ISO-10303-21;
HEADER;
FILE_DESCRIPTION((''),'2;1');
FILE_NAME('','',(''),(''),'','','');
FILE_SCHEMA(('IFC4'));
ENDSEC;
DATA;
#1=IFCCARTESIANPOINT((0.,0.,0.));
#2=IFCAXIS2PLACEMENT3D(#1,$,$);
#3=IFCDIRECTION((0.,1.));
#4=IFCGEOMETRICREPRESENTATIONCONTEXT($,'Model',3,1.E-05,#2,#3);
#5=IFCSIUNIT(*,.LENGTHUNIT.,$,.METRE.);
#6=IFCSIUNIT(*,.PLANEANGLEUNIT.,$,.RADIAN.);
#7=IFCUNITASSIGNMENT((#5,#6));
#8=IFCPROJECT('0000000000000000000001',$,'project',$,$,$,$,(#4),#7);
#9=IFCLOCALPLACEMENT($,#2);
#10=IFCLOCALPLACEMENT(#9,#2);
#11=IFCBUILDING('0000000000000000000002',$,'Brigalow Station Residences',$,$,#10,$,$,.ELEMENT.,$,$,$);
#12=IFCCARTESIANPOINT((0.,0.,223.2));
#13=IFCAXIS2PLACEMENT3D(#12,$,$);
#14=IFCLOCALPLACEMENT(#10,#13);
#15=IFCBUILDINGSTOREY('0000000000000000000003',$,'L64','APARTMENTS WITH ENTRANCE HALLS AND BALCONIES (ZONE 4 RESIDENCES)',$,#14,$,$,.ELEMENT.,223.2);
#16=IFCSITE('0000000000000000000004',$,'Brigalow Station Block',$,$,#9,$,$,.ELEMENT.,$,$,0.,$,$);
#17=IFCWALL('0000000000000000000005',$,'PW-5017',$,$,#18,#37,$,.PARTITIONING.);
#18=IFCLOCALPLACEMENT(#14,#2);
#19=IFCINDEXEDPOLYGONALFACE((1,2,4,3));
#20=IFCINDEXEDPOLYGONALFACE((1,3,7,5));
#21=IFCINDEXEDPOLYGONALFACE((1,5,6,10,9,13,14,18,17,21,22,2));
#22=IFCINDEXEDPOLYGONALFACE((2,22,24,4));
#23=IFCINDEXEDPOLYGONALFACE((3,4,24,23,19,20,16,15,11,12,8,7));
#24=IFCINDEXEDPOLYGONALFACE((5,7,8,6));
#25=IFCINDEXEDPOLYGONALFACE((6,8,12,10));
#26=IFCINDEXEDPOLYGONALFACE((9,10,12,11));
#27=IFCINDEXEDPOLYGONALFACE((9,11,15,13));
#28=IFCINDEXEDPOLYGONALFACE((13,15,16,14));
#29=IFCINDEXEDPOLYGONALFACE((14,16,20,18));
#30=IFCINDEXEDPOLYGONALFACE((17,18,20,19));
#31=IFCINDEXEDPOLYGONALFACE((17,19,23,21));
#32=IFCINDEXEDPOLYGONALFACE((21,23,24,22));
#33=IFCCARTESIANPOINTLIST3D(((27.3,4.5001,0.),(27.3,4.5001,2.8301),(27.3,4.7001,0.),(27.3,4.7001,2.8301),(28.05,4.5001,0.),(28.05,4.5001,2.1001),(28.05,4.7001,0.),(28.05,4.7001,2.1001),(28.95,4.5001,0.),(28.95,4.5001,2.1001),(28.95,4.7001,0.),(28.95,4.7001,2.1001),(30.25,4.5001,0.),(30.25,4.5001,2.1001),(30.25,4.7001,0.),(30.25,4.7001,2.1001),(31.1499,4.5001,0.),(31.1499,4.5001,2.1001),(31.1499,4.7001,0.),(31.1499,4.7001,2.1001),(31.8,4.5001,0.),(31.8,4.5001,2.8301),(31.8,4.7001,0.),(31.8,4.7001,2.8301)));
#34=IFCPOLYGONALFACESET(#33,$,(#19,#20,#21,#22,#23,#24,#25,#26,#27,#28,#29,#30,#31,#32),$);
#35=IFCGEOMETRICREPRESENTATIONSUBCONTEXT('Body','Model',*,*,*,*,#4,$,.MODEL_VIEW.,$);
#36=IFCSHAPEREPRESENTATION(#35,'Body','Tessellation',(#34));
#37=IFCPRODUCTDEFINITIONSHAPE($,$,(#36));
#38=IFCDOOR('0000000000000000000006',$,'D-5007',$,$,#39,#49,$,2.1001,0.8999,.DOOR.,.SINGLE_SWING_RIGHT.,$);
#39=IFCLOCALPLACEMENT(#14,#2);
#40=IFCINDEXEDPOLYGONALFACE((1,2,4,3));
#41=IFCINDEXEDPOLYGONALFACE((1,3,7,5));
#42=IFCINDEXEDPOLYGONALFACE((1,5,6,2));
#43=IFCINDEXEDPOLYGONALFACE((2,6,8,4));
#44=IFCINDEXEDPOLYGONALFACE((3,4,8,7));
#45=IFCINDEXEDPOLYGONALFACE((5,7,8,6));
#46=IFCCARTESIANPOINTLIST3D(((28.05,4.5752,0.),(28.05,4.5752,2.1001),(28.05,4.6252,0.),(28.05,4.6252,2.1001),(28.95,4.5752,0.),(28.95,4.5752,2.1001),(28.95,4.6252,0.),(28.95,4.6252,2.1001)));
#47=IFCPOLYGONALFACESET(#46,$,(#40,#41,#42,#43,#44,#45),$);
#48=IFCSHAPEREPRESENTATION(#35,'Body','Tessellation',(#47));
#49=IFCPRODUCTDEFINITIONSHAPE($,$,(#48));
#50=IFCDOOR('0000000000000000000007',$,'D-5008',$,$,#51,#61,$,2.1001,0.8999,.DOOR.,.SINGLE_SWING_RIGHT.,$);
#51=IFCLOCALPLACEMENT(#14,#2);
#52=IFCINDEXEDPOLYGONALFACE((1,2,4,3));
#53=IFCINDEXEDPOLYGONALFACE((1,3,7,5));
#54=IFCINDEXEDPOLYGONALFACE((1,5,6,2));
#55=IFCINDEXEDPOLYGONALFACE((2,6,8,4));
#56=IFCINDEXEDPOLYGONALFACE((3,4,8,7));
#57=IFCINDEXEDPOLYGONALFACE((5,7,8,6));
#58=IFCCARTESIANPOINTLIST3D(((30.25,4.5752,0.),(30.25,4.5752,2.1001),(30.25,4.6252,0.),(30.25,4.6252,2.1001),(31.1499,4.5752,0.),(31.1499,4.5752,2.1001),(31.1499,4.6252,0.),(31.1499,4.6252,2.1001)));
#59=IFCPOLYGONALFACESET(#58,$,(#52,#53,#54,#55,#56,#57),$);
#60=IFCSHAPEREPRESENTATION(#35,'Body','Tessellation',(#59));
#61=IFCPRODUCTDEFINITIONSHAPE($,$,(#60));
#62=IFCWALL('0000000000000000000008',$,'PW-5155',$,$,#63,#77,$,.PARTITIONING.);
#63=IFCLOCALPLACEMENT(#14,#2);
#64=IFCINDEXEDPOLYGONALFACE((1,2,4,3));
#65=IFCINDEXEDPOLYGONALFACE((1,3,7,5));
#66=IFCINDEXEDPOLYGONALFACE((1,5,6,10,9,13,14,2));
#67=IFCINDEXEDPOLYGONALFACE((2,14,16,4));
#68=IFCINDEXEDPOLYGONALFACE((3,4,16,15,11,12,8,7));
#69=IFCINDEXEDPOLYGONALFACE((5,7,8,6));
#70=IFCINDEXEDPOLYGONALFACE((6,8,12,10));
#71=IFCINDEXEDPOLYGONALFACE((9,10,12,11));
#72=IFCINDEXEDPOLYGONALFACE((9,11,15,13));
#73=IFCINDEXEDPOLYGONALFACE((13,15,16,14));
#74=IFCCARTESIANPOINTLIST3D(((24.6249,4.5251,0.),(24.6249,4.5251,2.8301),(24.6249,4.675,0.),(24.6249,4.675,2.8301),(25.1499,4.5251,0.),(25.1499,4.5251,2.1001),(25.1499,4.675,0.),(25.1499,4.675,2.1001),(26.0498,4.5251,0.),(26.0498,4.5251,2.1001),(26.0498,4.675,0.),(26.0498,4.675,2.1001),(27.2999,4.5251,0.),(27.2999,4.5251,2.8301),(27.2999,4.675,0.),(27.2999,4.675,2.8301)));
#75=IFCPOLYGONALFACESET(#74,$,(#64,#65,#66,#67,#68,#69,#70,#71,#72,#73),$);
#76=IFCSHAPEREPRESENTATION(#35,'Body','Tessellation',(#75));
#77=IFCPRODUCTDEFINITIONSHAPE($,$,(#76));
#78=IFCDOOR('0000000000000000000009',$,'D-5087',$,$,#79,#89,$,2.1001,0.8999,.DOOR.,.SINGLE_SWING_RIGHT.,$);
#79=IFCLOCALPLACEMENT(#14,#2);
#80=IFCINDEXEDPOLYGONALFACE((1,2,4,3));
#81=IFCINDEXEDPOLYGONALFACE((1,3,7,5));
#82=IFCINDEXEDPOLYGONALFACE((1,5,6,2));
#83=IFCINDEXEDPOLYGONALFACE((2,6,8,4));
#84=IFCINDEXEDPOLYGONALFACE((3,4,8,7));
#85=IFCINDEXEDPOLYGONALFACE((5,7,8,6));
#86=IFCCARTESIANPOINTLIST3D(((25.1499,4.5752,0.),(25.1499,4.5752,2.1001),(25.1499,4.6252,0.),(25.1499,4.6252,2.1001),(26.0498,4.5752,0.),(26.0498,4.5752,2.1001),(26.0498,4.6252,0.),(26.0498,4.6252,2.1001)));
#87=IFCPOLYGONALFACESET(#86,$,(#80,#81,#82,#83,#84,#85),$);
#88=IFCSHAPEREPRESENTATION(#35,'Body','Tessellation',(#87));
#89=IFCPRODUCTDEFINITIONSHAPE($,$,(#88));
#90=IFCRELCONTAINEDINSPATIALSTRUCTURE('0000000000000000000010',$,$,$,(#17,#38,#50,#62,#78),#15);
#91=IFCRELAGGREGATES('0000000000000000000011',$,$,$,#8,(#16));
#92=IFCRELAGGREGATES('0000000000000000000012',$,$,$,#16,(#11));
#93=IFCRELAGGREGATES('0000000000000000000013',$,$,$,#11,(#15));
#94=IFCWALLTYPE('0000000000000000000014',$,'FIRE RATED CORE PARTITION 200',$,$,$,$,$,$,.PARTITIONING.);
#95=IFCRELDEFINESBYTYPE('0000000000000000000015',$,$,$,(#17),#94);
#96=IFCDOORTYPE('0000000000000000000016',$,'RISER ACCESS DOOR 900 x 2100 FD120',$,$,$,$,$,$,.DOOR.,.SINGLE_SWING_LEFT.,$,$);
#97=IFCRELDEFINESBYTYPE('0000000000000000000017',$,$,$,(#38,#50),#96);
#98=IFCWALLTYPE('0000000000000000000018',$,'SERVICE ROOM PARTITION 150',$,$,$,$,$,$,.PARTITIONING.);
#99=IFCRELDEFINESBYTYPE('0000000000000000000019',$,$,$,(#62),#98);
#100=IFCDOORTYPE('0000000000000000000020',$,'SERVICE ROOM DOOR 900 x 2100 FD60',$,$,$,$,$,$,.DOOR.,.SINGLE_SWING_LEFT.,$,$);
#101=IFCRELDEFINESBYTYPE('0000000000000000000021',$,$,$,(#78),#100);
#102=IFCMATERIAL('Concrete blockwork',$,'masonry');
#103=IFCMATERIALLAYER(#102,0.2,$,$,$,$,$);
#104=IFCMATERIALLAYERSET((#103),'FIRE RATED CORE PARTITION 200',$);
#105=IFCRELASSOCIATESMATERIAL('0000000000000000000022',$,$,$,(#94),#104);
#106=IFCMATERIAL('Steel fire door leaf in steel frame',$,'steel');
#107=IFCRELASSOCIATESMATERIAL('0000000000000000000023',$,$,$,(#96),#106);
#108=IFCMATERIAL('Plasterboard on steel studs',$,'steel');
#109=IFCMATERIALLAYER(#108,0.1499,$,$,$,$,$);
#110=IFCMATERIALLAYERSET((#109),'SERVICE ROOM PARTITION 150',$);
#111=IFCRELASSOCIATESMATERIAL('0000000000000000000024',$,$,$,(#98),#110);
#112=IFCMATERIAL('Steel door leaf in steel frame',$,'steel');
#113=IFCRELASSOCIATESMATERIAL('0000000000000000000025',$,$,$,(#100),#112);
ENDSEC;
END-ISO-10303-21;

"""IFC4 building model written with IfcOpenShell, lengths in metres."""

from ifc_helpers import new_model, si_unit, direction, frame, frame_2d, origin, place, context, subcontext, project, spatial, rectangle, extrude, material, layer, layer_set, type_object, element, fill, save


model = new_model("IFC4")

# Units and contexts
model_context = context("Model", 3, precision=1e-05, world=origin(), true_north=direction((0.0, 1.0)))
body_context = subcontext(model_context, "Body", "Model", "MODEL_VIEW")
ifc_project = project(units=[si_unit("LENGTHUNIT", "METRE"), si_unit("PLANEANGLEUNIT", "RADIAN")], contexts=[model_context])

# Site, building, storey
site_placement = place(None, origin())
site = spatial("IfcSite", under=ifc_project, at=site_placement, Name="Brigalow Station Block", CompositionType="ELEMENT", RefElevation=0.0)
building_placement = place(site_placement, origin())
building = spatial("IfcBuilding", under=site, at=building_placement, Name="Brigalow Station Residences", CompositionType="ELEMENT")
storey_placement = place(building_placement, frame((0.0, 0.0, 223.2)))
storey = spatial("IfcBuildingStorey", under=building, at=storey_placement, Name="L64", Description="APARTMENTS WITH ENTRANCE HALLS AND BALCONIES (ZONE 4 RESIDENCES)", CompositionType="ELEMENT", Elevation=223.2)

# Wall, openings, doors
ifc_material_1 = material(Name="Concrete blockwork", Category="masonry")
ifc_layer_1 = layer(ifc_material_1, 0.2)
ifc_layer_set_1 = layer_set([ifc_layer_1], Name="FIRE RATED CORE PARTITION 200")
wall_type_1 = type_object("IfcWallType", Name="FIRE RATED CORE PARTITION 200", PredefinedType="PARTITIONING", material=ifc_layer_set_1)
wall_1_placement = place(storey_placement, frame((27.3, 4.6001, 0.0), z_axis=(0.0, 0.0, 1.0), x_axis=(1.0, 0.0, 0.0)))
wall_1 = element("IfcWall", 1, at=wall_1_placement, inside=storey, type_object=wall_type_1, Name="PW-5017", PredefinedType="PARTITIONING", context=body_context, shape_type="SweptSolid", body=[
    extrude(rectangle(XDim=4.5, YDim=0.2, at=frame_2d((2.25, 0.0))), origin(), (0.0, 0.0, 1.0), 2.8301),
])
opening_1_placement = place(wall_1_placement, frame((0.75, 0.0, 0.0)))
opening_1 = element("IfcOpeningElement", 2, at=opening_1_placement, cuts=wall_1, PredefinedType="OPENING", context=body_context, shape_type="SweptSolid", body=[
    extrude(rectangle(XDim=0.8999, YDim=2.1001, at=frame_2d((0.45, 1.05))), frame((0.0, 0.1099, 0.0), z_axis=(0.0, -1.0, 0.0), x_axis=(1.0, 0.0, 0.0)), (0.0, 0.0, 1.0), 0.22),
])
opening_2_placement = place(wall_1_placement, frame((2.95, 0.0, 0.0)))
opening_2 = element("IfcOpeningElement", 3, at=opening_2_placement, cuts=wall_1, PredefinedType="OPENING", context=body_context, shape_type="SweptSolid", body=[
    extrude(rectangle(XDim=0.8999, YDim=2.1001, at=frame_2d((0.45, 1.05))), frame((0.0, 0.1099, 0.0), z_axis=(0.0, -1.0, 0.0), x_axis=(1.0, 0.0, 0.0)), (0.0, 0.0, 1.0), 0.22),
])
ifc_material_2 = material(Name="Steel fire door leaf in steel frame", Category="steel")
door_type_1 = type_object("IfcDoorType", Name="RISER ACCESS DOOR 900 x 2100 FD120", OperationType="SINGLE_SWING_LEFT", PredefinedType="DOOR", material=ifc_material_2)
door_1_placement = place(opening_1_placement, frame((0.8999, 0.0, 0.0), z_axis=(0.0, 0.0, 1.0), x_axis=(-1.0, 0.0, 0.0)))
door_1 = element("IfcDoor", 4, at=door_1_placement, inside=storey, type_object=door_type_1, Name="D-5007", OperationType="SINGLE_SWING_RIGHT", OverallHeight=2.1001, OverallWidth=0.8999, PredefinedType="DOOR", context=body_context, shape_type="SweptSolid", body=[
    extrude(rectangle(XDim=0.8999, YDim=2.1001, at=frame_2d((0.45, 1.05))), frame((0.0, 0.0249, 0.0), z_axis=(0.0, -1.0, 0.0), x_axis=(1.0, 0.0, 0.0)), (0.0, 0.0, 1.0), 0.05),
])
fill(opening_1, door_1)
door_2_placement = place(opening_2_placement, frame((0.8999, 0.0, 0.0), z_axis=(0.0, 0.0, 1.0), x_axis=(-1.0, 0.0, 0.0)))
door_2 = element("IfcDoor", 5, at=door_2_placement, inside=storey, type_object=door_type_1, Name="D-5008", OperationType="SINGLE_SWING_RIGHT", OverallHeight=2.1001, OverallWidth=0.8999, PredefinedType="DOOR", context=body_context, shape_type="SweptSolid", body=[
    extrude(rectangle(XDim=0.8999, YDim=2.1001, at=frame_2d((0.45, 1.05))), frame((0.0, 0.0249, 0.0), z_axis=(0.0, -1.0, 0.0), x_axis=(1.0, 0.0, 0.0)), (0.0, 0.0, 1.0), 0.05),
])
fill(opening_2, door_2)

# Wall, opening, door
ifc_material_3 = material(Name="Plasterboard on steel studs", Category="steel")
ifc_layer_2 = layer(ifc_material_3, 0.1499)
ifc_layer_set_2 = layer_set([ifc_layer_2], Name="SERVICE ROOM PARTITION 150")
wall_type_2 = type_object("IfcWallType", Name="SERVICE ROOM PARTITION 150", PredefinedType="PARTITIONING", material=ifc_layer_set_2)
wall_2_placement = place(storey_placement, frame((24.625, 4.6001, 0.0), z_axis=(0.0, 0.0, 1.0), x_axis=(1.0, 0.0, 0.0)))
wall_2 = element("IfcWall", 6, at=wall_2_placement, inside=storey, type_object=wall_type_2, Name="PW-5155", PredefinedType="PARTITIONING", context=body_context, shape_type="SweptSolid", body=[
    extrude(rectangle(XDim=2.675, YDim=0.1499, at=frame_2d((1.3374, 0.0))), origin(), (0.0, 0.0, 1.0), 2.8301),
])
opening_3_placement = place(wall_2_placement, frame((0.5249, 0.0, 0.0)))
opening_3 = element("IfcOpeningElement", 7, at=opening_3_placement, cuts=wall_2, PredefinedType="OPENING", context=body_context, shape_type="SweptSolid", body=[
    extrude(rectangle(XDim=0.8999, YDim=2.1001, at=frame_2d((0.45, 1.05))), frame((0.0, 0.085, 0.0), z_axis=(0.0, -1.0, 0.0), x_axis=(1.0, 0.0, 0.0)), (0.0, 0.0, 1.0), 0.1699),
])
ifc_material_4 = material(Name="Steel door leaf in steel frame", Category="steel")
door_type_2 = type_object("IfcDoorType", Name="SERVICE ROOM DOOR 900 x 2100 FD60", OperationType="SINGLE_SWING_LEFT", PredefinedType="DOOR", material=ifc_material_4)
door_3_placement = place(opening_3_placement, frame((0.8999, 0.0, 0.0), z_axis=(0.0, 0.0, 1.0), x_axis=(-1.0, 0.0, 0.0)))
door_3 = element("IfcDoor", 8, at=door_3_placement, inside=storey, type_object=door_type_2, Name="D-5087", OperationType="SINGLE_SWING_RIGHT", OverallHeight=2.1001, OverallWidth=0.8999, PredefinedType="DOOR", context=body_context, shape_type="SweptSolid", body=[
    extrude(rectangle(XDim=0.8999, YDim=2.1001, at=frame_2d((0.45, 1.05))), frame((0.0, 0.0249, 0.0), z_axis=(0.0, -1.0, 0.0), x_axis=(1.0, 0.0, 0.0)), (0.0, 0.0, 1.0), 0.05),
])
fill(opening_3, door_3)

save(model, "model.ifc")
